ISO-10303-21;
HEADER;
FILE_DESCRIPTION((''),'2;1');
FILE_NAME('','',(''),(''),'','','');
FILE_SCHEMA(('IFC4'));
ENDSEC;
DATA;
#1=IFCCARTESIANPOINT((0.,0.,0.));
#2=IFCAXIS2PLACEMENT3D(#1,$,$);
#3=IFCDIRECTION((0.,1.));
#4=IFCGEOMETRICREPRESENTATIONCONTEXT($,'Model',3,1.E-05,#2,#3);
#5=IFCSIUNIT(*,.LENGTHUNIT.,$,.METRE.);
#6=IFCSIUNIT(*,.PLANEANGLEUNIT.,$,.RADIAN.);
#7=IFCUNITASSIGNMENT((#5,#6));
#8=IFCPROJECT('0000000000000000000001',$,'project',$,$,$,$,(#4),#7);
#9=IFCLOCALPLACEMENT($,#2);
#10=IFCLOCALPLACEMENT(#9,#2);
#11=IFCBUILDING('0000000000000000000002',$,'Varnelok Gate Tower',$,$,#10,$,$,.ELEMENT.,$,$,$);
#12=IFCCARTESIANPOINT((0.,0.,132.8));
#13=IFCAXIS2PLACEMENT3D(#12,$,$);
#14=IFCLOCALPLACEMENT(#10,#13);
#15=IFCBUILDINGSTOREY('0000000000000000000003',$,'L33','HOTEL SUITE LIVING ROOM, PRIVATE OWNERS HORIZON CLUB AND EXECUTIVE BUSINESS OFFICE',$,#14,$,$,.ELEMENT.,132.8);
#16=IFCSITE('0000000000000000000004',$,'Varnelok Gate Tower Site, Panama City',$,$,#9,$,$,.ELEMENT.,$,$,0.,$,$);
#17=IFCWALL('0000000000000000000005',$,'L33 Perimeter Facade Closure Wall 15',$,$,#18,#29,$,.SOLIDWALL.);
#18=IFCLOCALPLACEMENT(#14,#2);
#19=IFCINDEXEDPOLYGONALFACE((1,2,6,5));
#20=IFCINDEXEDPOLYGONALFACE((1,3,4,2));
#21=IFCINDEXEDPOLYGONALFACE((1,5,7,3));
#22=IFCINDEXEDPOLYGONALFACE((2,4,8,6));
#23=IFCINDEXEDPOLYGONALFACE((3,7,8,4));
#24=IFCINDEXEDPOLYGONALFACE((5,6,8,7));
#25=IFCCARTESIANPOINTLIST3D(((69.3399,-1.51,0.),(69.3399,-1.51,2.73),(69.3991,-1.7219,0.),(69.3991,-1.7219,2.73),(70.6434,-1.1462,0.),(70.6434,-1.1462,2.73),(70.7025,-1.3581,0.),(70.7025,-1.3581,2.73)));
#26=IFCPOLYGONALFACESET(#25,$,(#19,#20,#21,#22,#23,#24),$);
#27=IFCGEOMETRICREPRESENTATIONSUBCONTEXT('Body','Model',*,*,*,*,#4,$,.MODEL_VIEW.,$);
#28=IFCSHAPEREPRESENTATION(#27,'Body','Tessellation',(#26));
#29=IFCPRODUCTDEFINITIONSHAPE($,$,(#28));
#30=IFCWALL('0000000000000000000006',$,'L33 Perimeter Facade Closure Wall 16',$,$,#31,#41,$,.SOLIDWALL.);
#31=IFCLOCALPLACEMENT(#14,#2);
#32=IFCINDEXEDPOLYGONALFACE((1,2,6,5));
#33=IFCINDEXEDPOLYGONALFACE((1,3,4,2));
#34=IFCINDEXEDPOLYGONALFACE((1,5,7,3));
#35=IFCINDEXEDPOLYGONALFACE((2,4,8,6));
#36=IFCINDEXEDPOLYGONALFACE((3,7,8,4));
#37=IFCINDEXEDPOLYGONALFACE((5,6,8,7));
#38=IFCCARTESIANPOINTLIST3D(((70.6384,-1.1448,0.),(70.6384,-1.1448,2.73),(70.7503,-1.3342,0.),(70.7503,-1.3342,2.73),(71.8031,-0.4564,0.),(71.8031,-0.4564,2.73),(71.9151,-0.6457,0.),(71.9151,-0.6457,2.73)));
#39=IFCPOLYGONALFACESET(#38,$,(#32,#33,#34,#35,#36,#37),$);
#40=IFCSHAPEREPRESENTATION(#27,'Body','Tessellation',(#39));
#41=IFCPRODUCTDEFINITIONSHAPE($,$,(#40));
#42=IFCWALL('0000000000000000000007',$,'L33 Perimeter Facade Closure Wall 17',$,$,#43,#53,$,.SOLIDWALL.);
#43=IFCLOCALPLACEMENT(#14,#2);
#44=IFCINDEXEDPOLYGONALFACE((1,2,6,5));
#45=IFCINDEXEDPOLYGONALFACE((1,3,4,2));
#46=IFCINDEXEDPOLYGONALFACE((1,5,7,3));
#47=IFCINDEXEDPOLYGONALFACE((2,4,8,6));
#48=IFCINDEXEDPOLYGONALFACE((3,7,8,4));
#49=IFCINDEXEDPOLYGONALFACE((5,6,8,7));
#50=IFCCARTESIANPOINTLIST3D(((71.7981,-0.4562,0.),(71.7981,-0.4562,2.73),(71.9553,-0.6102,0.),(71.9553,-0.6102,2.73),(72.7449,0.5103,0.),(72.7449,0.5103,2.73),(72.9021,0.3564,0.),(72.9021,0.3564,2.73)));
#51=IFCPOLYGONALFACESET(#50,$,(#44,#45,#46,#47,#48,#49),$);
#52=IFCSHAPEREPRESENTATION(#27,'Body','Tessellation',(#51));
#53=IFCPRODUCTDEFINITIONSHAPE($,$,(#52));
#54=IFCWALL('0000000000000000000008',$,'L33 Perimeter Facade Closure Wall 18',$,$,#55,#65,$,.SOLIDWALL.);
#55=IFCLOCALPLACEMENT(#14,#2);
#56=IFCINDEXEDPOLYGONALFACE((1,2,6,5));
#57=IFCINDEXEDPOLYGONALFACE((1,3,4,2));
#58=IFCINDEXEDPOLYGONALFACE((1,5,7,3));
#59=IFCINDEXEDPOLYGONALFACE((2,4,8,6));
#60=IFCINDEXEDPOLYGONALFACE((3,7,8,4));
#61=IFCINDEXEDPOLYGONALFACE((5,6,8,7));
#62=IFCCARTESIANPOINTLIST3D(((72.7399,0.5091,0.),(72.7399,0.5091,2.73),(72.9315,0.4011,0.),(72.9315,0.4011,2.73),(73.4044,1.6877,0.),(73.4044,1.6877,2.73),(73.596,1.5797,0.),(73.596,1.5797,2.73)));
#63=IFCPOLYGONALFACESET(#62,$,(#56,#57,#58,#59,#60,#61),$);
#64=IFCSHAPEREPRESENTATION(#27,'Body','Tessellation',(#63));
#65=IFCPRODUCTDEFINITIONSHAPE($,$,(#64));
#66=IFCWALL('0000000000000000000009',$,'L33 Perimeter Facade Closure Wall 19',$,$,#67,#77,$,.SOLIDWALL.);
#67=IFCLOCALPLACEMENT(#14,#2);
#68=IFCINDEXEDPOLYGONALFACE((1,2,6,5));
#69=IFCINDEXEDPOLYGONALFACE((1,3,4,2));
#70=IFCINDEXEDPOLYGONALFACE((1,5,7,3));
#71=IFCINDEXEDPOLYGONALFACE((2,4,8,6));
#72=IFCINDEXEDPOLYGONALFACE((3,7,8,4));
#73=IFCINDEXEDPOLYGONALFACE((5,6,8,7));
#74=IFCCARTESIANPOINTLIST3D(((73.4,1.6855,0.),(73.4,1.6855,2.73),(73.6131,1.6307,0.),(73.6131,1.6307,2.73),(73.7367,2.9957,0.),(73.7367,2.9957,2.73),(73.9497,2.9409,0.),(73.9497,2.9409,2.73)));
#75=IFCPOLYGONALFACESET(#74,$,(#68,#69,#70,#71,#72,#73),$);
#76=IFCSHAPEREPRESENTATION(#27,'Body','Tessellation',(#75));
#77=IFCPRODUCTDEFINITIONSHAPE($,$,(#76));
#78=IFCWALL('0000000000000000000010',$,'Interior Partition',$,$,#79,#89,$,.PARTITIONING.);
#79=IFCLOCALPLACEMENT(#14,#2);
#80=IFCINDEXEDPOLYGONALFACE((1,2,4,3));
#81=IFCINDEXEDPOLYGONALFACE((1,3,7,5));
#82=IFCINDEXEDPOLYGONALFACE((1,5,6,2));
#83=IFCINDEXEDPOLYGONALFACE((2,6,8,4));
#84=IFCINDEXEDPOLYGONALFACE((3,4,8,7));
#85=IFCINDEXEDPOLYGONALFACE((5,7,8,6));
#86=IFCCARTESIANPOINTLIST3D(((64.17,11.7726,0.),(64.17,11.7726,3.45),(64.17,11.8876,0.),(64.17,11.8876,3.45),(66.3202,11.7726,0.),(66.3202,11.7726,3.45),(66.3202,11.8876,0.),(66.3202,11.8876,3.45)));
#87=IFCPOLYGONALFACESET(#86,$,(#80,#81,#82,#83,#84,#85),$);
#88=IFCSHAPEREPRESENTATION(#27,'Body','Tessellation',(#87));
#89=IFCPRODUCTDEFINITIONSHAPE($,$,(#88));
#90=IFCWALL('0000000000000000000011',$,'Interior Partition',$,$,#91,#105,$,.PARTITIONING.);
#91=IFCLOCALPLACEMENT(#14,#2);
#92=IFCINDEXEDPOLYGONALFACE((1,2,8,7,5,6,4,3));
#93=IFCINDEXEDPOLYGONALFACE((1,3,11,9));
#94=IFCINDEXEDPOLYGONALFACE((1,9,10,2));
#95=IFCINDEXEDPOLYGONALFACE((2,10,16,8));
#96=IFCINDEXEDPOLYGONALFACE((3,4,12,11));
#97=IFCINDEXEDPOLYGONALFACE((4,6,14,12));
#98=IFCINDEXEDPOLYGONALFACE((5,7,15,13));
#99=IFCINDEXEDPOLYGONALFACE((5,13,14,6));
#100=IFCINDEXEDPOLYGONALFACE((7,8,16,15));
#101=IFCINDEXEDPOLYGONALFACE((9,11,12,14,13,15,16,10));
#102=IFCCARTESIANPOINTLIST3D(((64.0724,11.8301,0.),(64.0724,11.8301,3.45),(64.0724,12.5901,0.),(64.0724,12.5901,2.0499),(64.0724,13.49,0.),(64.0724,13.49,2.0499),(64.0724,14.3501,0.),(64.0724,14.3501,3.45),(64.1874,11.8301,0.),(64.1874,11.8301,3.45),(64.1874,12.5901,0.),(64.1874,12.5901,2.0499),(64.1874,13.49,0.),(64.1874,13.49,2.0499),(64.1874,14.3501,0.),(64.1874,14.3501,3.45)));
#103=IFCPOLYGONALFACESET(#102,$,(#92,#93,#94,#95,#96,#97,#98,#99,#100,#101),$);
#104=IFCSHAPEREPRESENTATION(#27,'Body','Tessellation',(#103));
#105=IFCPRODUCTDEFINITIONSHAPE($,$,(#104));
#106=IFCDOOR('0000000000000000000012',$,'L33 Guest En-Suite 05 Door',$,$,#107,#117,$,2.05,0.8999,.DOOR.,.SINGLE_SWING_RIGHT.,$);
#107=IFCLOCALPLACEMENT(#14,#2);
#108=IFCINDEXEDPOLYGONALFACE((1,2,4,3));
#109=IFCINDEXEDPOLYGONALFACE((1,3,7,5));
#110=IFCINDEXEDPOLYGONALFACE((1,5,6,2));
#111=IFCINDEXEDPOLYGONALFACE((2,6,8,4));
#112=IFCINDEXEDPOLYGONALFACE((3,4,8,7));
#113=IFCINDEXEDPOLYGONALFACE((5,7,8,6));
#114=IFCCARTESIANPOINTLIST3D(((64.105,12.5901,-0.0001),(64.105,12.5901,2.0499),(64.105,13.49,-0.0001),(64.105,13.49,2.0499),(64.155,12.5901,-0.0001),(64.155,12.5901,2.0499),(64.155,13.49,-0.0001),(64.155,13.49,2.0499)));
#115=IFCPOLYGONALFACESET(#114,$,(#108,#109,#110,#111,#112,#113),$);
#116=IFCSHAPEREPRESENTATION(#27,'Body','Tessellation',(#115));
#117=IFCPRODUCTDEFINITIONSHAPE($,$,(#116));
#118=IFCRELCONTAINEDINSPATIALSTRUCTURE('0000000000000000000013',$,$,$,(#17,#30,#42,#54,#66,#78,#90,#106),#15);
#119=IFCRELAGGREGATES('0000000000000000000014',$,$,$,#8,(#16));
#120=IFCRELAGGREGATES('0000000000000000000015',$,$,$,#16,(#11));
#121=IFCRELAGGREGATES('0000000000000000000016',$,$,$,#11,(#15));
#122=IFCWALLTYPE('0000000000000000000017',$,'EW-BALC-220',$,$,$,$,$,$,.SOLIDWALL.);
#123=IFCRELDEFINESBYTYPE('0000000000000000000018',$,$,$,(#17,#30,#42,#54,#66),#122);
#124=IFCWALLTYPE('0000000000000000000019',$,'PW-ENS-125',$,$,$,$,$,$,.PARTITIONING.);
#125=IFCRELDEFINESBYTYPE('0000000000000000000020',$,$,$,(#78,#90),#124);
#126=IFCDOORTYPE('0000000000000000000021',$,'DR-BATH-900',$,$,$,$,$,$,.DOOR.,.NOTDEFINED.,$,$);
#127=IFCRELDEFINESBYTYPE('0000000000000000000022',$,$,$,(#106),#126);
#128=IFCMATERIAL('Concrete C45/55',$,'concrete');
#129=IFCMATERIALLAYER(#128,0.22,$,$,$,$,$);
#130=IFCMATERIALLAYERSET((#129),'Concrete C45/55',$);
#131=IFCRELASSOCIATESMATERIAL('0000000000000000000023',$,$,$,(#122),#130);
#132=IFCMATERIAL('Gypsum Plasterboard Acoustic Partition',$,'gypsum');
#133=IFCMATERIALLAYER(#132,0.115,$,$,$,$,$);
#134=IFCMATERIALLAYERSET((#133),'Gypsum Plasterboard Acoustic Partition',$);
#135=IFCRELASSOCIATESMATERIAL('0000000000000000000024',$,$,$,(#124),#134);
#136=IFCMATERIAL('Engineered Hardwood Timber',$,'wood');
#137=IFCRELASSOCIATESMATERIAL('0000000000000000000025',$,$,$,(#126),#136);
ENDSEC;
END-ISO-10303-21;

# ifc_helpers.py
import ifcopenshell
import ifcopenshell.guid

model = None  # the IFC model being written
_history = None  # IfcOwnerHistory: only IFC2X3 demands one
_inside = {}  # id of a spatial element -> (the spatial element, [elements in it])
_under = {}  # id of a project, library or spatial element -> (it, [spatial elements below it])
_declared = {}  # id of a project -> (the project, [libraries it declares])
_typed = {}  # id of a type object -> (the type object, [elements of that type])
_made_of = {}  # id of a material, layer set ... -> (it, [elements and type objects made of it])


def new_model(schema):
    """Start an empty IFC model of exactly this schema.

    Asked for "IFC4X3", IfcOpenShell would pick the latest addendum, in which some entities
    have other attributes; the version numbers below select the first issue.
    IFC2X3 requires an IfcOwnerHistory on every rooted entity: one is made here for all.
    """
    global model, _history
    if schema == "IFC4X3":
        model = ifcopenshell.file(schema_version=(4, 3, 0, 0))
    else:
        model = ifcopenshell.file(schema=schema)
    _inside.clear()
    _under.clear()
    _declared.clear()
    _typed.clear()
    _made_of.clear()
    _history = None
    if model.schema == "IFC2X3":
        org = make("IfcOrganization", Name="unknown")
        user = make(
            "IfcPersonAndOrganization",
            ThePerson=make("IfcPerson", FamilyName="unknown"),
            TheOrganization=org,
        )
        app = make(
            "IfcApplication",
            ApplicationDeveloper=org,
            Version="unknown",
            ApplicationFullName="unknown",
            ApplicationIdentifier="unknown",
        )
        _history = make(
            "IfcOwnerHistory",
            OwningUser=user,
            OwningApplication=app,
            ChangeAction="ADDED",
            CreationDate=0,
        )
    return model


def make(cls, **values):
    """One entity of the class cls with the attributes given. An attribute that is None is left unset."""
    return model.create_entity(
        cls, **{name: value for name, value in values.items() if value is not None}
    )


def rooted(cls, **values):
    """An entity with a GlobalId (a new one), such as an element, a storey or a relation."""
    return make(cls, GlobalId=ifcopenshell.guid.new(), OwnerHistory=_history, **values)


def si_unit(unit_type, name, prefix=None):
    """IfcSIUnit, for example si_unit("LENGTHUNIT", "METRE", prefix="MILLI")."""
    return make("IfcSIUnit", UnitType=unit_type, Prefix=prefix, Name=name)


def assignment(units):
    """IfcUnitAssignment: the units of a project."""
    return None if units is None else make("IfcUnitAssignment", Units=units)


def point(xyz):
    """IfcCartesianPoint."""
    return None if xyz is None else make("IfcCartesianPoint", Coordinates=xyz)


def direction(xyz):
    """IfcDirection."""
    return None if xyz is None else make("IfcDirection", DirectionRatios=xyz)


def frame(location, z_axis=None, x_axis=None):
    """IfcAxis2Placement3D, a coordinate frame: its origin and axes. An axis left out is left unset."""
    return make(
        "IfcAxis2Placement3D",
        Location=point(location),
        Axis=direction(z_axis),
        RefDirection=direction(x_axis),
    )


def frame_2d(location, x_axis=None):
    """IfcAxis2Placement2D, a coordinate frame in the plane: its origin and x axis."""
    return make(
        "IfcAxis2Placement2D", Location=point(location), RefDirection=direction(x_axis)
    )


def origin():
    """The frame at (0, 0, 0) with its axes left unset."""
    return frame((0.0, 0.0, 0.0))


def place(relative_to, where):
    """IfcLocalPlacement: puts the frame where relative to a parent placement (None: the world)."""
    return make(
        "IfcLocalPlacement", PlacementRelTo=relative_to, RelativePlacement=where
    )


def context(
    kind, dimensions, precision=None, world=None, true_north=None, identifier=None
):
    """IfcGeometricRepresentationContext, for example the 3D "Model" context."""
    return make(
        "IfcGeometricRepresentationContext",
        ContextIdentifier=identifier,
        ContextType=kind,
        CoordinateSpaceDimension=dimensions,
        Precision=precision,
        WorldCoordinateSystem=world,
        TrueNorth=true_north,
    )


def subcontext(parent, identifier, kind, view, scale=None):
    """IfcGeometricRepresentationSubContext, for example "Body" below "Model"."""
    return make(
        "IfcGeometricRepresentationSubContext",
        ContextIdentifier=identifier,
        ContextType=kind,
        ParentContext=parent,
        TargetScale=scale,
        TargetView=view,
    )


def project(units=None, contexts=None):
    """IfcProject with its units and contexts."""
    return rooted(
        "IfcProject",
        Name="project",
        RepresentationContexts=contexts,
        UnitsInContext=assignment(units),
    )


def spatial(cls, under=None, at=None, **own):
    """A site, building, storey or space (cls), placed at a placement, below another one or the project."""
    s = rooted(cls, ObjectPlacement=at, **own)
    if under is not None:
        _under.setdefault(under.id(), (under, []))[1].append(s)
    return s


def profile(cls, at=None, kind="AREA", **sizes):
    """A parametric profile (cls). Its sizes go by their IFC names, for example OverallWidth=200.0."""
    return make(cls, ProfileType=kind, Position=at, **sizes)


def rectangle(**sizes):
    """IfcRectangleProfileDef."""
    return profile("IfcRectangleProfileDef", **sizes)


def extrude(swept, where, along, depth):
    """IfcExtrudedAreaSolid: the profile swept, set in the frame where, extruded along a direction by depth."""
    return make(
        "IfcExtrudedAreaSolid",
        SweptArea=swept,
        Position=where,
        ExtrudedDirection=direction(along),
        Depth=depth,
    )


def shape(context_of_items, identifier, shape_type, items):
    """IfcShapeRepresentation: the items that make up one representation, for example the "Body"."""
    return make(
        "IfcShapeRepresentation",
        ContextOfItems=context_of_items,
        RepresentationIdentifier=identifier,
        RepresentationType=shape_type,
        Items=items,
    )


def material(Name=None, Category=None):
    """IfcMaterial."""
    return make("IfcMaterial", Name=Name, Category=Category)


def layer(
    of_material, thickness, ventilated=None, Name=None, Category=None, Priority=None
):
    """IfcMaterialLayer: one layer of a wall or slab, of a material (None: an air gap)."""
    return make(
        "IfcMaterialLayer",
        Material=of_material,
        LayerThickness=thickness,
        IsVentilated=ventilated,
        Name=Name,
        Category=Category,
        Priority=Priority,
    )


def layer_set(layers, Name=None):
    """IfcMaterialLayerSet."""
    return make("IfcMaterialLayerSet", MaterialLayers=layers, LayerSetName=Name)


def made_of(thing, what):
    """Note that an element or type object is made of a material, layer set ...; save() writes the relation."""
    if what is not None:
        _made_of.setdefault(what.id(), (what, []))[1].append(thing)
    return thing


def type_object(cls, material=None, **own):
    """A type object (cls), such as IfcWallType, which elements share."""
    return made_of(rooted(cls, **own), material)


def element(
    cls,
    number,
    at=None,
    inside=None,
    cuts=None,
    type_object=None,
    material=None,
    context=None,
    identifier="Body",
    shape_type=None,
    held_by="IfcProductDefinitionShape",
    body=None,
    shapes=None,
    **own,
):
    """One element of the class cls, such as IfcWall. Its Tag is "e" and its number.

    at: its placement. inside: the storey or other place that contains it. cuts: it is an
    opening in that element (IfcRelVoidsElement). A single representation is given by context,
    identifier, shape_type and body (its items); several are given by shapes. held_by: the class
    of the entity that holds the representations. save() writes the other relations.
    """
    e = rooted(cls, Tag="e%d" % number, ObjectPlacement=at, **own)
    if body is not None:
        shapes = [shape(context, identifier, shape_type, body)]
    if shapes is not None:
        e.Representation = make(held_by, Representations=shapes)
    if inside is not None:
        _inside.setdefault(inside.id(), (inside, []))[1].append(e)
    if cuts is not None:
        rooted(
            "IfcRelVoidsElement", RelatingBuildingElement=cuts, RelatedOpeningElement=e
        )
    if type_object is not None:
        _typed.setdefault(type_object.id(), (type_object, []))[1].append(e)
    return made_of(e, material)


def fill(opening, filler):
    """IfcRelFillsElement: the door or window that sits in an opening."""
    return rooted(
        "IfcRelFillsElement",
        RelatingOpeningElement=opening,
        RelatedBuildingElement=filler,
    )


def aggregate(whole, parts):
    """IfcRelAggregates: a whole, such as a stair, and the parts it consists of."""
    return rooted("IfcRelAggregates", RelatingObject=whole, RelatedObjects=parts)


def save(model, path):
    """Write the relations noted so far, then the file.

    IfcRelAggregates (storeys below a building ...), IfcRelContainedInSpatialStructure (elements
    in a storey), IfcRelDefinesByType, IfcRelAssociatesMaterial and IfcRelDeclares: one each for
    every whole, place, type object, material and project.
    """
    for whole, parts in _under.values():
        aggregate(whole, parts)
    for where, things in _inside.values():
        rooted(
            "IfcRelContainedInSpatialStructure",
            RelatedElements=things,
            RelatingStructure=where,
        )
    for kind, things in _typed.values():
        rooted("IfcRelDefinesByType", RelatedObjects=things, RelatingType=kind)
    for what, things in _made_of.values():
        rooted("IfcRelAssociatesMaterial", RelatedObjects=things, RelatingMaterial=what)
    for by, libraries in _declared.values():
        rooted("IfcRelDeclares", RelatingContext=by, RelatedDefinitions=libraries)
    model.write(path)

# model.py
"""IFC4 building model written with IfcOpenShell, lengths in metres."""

from ifc_helpers import new_model, si_unit, direction, frame, frame_2d, origin, place, context, subcontext, project, spatial, rectangle, extrude, material, layer, layer_set, type_object, element, fill, save


model = new_model("IFC4")

# Units and contexts
model_context = context("Model", 3, precision=1e-05, world=origin(), true_north=direction((0.0, 1.0)))
body_context = subcontext(model_context, "Body", "Model", "MODEL_VIEW")
ifc_project = project(units=[si_unit("LENGTHUNIT", "METRE"), si_unit("PLANEANGLEUNIT", "RADIAN")], contexts=[model_context])

# Site, building, storey
site_placement = place(None, origin())
site = spatial("IfcSite", under=ifc_project, at=site_placement, Name="Varnelok Gate Tower Site, Panama City", CompositionType="ELEMENT", RefElevation=0.0)
building_placement = place(site_placement, origin())
building = spatial("IfcBuilding", under=site, at=building_placement, Name="Varnelok Gate Tower", CompositionType="ELEMENT")
storey_placement = place(building_placement, frame((0.0, 0.0, 132.8)))
storey = spatial("IfcBuildingStorey", under=building, at=storey_placement, Name="L33", Description="HOTEL SUITE LIVING ROOM, PRIVATE OWNERS HORIZON CLUB AND EXECUTIVE BUSINESS OFFICE", CompositionType="ELEMENT", Elevation=132.8)

# Walls
ifc_material_1 = material(Name="Concrete C45/55", Category="concrete")
ifc_layer_1 = layer(ifc_material_1, 0.22)
ifc_layer_set_1 = layer_set([ifc_layer_1], Name="Concrete C45/55")
wall_type_1 = type_object("IfcWallType", Name="EW-BALC-220", PredefinedType="SOLIDWALL", material=ifc_layer_set_1)
wall_1_placement = place(storey_placement, frame((69.3694, -1.616, 0.0), z_axis=(0.0, 0.0, 1.0), x_axis=(0.963194, 0.268807, 0.0)))
element("IfcWall", 1, at=wall_1_placement, inside=storey, type_object=wall_type_1, Name="L33 Perimeter Facade Closure Wall 15", PredefinedType="SOLIDWALL", context=body_context, shape_type="SweptSolid", body=[
    extrude(rectangle(XDim=1.3533, YDim=0.22, at=frame_2d((0.6768, 0.0))), origin(), (0.0, 0.0, 1.0), 2.73),
])
for number, where, z_axis, x_axis, name in (
    (2, (70.6943, -1.2395, 0.0), (0.0, 0.0, 1.0), (0.860865, 0.508833, 0.0), "L33 Perimeter Facade Closure Wall 16"),
    (3, (71.8767, -0.5332, 0.0), (0.0, 0.0, 1.0), (0.699761, 0.714377, 0.0), "L33 Perimeter Facade Closure Wall 17"),
    (4, (72.8357, 0.4551, 0.0), (0.0, 0.0, 1.0), (0.491118, 0.871093, 0.0), "L33 Perimeter Facade Closure Wall 18"),
):
    element("IfcWall", number, at=place(storey_placement, frame(where, z_axis=z_axis, x_axis=x_axis)), inside=storey, type_object=wall_type_1, Name=name, PredefinedType="SOLIDWALL", context=body_context, shape_type="SweptSolid", body=[
        extrude(rectangle(XDim=1.353, YDim=0.22, at=frame_2d((0.6765, 0.0))), origin(), (0.0, 0.0, 1.0), 2.73),
    ])
wall_2_placement = place(storey_placement, frame((73.5066, 1.6582, 0.0), z_axis=(0.0, 0.0, 1.0), x_axis=(0.248857, 0.96854, 0.0)))
element("IfcWall", 5, at=wall_2_placement, inside=storey, type_object=wall_type_1, Name="L33 Perimeter Facade Closure Wall 19", PredefinedType="SOLIDWALL", context=body_context, shape_type="SweptSolid", body=[
    extrude(rectangle(XDim=1.3528, YDim=0.22, at=frame_2d((0.6763, 0.0))), origin(), (0.0, 0.0, 1.0), 2.73),
])
ifc_material_2 = material(Name="Gypsum Plasterboard Acoustic Partition", Category="gypsum")
ifc_layer_2 = layer(ifc_material_2, 0.115)
ifc_layer_set_2 = layer_set([ifc_layer_2], Name="Gypsum Plasterboard Acoustic Partition")
wall_type_2 = type_object("IfcWallType", Name="PW-ENS-125", PredefinedType="PARTITIONING", material=ifc_layer_set_2)
wall_3_placement = place(storey_placement, frame((64.1699, 11.8301, 0.0), z_axis=(0.0, 0.0, 1.0), x_axis=(1.0, 0.0, 0.0)))
element("IfcWall", 6, at=wall_3_placement, inside=storey, type_object=wall_type_2, Name="Interior Partition", PredefinedType="PARTITIONING", context=body_context, shape_type="SweptSolid", body=[
    extrude(rectangle(XDim=2.1501, YDim=0.115, at=frame_2d((1.0752, 0.0))), origin(), (0.0, 0.0, 1.0), 3.45),
])

# Wall, opening, door
wall_4_placement = place(storey_placement, frame((64.1299, 11.8301, 0.0), z_axis=(0.0, 0.0, 1.0), x_axis=(0.0, 1.0, 0.0)))
wall_4 = element("IfcWall", 7, at=wall_4_placement, inside=storey, type_object=wall_type_2, Name="Interior Partition", PredefinedType="PARTITIONING", context=body_context, shape_type="SweptSolid", body=[
    extrude(rectangle(XDim=2.52, YDim=0.115, at=frame_2d((1.26, 0.0))), origin(), (0.0, 0.0, 1.0), 3.45),
])
opening_placement = place(wall_4_placement, frame((0.76, 0.0, 0.0)))
opening = element("IfcOpeningElement", 8, at=opening_placement, cuts=wall_4, PredefinedType="OPENING", context=body_context, shape_type="SweptSolid", body=[
    extrude(rectangle(XDim=0.8999, YDim=2.05, at=frame_2d((0.45, 1.0249))), frame((0.0, 0.0674, 0.0), z_axis=(0.0, -1.0, 0.0), x_axis=(1.0, 0.0, 0.0)), (0.0, 0.0, 1.0), 0.135),
])
ifc_material_3 = material(Name="Engineered Hardwood Timber", Category="wood")
door_type = type_object("IfcDoorType", Name="DR-BATH-900", OperationType="NOTDEFINED", PredefinedType="DOOR", material=ifc_material_3)
door_placement = place(opening_placement, origin())
door = element("IfcDoor", 9, at=door_placement, inside=storey, type_object=door_type, Name="L33 Guest En-Suite 05 Door", OperationType="SINGLE_SWING_RIGHT", OverallHeight=2.05, OverallWidth=0.8999, PredefinedType="DOOR", context=body_context, shape_type="SweptSolid", body=[
    extrude(rectangle(XDim=0.8999, YDim=2.05, at=frame_2d((0.45, 1.0249))), frame((0.0, 0.0249, 0.0), z_axis=(0.0, -1.0, 0.0), x_axis=(1.0, 0.0, 0.0)), (0.0, 0.0, 1.0), 0.05),
])
fill(opening, door)

save(model, "model.ifc")
